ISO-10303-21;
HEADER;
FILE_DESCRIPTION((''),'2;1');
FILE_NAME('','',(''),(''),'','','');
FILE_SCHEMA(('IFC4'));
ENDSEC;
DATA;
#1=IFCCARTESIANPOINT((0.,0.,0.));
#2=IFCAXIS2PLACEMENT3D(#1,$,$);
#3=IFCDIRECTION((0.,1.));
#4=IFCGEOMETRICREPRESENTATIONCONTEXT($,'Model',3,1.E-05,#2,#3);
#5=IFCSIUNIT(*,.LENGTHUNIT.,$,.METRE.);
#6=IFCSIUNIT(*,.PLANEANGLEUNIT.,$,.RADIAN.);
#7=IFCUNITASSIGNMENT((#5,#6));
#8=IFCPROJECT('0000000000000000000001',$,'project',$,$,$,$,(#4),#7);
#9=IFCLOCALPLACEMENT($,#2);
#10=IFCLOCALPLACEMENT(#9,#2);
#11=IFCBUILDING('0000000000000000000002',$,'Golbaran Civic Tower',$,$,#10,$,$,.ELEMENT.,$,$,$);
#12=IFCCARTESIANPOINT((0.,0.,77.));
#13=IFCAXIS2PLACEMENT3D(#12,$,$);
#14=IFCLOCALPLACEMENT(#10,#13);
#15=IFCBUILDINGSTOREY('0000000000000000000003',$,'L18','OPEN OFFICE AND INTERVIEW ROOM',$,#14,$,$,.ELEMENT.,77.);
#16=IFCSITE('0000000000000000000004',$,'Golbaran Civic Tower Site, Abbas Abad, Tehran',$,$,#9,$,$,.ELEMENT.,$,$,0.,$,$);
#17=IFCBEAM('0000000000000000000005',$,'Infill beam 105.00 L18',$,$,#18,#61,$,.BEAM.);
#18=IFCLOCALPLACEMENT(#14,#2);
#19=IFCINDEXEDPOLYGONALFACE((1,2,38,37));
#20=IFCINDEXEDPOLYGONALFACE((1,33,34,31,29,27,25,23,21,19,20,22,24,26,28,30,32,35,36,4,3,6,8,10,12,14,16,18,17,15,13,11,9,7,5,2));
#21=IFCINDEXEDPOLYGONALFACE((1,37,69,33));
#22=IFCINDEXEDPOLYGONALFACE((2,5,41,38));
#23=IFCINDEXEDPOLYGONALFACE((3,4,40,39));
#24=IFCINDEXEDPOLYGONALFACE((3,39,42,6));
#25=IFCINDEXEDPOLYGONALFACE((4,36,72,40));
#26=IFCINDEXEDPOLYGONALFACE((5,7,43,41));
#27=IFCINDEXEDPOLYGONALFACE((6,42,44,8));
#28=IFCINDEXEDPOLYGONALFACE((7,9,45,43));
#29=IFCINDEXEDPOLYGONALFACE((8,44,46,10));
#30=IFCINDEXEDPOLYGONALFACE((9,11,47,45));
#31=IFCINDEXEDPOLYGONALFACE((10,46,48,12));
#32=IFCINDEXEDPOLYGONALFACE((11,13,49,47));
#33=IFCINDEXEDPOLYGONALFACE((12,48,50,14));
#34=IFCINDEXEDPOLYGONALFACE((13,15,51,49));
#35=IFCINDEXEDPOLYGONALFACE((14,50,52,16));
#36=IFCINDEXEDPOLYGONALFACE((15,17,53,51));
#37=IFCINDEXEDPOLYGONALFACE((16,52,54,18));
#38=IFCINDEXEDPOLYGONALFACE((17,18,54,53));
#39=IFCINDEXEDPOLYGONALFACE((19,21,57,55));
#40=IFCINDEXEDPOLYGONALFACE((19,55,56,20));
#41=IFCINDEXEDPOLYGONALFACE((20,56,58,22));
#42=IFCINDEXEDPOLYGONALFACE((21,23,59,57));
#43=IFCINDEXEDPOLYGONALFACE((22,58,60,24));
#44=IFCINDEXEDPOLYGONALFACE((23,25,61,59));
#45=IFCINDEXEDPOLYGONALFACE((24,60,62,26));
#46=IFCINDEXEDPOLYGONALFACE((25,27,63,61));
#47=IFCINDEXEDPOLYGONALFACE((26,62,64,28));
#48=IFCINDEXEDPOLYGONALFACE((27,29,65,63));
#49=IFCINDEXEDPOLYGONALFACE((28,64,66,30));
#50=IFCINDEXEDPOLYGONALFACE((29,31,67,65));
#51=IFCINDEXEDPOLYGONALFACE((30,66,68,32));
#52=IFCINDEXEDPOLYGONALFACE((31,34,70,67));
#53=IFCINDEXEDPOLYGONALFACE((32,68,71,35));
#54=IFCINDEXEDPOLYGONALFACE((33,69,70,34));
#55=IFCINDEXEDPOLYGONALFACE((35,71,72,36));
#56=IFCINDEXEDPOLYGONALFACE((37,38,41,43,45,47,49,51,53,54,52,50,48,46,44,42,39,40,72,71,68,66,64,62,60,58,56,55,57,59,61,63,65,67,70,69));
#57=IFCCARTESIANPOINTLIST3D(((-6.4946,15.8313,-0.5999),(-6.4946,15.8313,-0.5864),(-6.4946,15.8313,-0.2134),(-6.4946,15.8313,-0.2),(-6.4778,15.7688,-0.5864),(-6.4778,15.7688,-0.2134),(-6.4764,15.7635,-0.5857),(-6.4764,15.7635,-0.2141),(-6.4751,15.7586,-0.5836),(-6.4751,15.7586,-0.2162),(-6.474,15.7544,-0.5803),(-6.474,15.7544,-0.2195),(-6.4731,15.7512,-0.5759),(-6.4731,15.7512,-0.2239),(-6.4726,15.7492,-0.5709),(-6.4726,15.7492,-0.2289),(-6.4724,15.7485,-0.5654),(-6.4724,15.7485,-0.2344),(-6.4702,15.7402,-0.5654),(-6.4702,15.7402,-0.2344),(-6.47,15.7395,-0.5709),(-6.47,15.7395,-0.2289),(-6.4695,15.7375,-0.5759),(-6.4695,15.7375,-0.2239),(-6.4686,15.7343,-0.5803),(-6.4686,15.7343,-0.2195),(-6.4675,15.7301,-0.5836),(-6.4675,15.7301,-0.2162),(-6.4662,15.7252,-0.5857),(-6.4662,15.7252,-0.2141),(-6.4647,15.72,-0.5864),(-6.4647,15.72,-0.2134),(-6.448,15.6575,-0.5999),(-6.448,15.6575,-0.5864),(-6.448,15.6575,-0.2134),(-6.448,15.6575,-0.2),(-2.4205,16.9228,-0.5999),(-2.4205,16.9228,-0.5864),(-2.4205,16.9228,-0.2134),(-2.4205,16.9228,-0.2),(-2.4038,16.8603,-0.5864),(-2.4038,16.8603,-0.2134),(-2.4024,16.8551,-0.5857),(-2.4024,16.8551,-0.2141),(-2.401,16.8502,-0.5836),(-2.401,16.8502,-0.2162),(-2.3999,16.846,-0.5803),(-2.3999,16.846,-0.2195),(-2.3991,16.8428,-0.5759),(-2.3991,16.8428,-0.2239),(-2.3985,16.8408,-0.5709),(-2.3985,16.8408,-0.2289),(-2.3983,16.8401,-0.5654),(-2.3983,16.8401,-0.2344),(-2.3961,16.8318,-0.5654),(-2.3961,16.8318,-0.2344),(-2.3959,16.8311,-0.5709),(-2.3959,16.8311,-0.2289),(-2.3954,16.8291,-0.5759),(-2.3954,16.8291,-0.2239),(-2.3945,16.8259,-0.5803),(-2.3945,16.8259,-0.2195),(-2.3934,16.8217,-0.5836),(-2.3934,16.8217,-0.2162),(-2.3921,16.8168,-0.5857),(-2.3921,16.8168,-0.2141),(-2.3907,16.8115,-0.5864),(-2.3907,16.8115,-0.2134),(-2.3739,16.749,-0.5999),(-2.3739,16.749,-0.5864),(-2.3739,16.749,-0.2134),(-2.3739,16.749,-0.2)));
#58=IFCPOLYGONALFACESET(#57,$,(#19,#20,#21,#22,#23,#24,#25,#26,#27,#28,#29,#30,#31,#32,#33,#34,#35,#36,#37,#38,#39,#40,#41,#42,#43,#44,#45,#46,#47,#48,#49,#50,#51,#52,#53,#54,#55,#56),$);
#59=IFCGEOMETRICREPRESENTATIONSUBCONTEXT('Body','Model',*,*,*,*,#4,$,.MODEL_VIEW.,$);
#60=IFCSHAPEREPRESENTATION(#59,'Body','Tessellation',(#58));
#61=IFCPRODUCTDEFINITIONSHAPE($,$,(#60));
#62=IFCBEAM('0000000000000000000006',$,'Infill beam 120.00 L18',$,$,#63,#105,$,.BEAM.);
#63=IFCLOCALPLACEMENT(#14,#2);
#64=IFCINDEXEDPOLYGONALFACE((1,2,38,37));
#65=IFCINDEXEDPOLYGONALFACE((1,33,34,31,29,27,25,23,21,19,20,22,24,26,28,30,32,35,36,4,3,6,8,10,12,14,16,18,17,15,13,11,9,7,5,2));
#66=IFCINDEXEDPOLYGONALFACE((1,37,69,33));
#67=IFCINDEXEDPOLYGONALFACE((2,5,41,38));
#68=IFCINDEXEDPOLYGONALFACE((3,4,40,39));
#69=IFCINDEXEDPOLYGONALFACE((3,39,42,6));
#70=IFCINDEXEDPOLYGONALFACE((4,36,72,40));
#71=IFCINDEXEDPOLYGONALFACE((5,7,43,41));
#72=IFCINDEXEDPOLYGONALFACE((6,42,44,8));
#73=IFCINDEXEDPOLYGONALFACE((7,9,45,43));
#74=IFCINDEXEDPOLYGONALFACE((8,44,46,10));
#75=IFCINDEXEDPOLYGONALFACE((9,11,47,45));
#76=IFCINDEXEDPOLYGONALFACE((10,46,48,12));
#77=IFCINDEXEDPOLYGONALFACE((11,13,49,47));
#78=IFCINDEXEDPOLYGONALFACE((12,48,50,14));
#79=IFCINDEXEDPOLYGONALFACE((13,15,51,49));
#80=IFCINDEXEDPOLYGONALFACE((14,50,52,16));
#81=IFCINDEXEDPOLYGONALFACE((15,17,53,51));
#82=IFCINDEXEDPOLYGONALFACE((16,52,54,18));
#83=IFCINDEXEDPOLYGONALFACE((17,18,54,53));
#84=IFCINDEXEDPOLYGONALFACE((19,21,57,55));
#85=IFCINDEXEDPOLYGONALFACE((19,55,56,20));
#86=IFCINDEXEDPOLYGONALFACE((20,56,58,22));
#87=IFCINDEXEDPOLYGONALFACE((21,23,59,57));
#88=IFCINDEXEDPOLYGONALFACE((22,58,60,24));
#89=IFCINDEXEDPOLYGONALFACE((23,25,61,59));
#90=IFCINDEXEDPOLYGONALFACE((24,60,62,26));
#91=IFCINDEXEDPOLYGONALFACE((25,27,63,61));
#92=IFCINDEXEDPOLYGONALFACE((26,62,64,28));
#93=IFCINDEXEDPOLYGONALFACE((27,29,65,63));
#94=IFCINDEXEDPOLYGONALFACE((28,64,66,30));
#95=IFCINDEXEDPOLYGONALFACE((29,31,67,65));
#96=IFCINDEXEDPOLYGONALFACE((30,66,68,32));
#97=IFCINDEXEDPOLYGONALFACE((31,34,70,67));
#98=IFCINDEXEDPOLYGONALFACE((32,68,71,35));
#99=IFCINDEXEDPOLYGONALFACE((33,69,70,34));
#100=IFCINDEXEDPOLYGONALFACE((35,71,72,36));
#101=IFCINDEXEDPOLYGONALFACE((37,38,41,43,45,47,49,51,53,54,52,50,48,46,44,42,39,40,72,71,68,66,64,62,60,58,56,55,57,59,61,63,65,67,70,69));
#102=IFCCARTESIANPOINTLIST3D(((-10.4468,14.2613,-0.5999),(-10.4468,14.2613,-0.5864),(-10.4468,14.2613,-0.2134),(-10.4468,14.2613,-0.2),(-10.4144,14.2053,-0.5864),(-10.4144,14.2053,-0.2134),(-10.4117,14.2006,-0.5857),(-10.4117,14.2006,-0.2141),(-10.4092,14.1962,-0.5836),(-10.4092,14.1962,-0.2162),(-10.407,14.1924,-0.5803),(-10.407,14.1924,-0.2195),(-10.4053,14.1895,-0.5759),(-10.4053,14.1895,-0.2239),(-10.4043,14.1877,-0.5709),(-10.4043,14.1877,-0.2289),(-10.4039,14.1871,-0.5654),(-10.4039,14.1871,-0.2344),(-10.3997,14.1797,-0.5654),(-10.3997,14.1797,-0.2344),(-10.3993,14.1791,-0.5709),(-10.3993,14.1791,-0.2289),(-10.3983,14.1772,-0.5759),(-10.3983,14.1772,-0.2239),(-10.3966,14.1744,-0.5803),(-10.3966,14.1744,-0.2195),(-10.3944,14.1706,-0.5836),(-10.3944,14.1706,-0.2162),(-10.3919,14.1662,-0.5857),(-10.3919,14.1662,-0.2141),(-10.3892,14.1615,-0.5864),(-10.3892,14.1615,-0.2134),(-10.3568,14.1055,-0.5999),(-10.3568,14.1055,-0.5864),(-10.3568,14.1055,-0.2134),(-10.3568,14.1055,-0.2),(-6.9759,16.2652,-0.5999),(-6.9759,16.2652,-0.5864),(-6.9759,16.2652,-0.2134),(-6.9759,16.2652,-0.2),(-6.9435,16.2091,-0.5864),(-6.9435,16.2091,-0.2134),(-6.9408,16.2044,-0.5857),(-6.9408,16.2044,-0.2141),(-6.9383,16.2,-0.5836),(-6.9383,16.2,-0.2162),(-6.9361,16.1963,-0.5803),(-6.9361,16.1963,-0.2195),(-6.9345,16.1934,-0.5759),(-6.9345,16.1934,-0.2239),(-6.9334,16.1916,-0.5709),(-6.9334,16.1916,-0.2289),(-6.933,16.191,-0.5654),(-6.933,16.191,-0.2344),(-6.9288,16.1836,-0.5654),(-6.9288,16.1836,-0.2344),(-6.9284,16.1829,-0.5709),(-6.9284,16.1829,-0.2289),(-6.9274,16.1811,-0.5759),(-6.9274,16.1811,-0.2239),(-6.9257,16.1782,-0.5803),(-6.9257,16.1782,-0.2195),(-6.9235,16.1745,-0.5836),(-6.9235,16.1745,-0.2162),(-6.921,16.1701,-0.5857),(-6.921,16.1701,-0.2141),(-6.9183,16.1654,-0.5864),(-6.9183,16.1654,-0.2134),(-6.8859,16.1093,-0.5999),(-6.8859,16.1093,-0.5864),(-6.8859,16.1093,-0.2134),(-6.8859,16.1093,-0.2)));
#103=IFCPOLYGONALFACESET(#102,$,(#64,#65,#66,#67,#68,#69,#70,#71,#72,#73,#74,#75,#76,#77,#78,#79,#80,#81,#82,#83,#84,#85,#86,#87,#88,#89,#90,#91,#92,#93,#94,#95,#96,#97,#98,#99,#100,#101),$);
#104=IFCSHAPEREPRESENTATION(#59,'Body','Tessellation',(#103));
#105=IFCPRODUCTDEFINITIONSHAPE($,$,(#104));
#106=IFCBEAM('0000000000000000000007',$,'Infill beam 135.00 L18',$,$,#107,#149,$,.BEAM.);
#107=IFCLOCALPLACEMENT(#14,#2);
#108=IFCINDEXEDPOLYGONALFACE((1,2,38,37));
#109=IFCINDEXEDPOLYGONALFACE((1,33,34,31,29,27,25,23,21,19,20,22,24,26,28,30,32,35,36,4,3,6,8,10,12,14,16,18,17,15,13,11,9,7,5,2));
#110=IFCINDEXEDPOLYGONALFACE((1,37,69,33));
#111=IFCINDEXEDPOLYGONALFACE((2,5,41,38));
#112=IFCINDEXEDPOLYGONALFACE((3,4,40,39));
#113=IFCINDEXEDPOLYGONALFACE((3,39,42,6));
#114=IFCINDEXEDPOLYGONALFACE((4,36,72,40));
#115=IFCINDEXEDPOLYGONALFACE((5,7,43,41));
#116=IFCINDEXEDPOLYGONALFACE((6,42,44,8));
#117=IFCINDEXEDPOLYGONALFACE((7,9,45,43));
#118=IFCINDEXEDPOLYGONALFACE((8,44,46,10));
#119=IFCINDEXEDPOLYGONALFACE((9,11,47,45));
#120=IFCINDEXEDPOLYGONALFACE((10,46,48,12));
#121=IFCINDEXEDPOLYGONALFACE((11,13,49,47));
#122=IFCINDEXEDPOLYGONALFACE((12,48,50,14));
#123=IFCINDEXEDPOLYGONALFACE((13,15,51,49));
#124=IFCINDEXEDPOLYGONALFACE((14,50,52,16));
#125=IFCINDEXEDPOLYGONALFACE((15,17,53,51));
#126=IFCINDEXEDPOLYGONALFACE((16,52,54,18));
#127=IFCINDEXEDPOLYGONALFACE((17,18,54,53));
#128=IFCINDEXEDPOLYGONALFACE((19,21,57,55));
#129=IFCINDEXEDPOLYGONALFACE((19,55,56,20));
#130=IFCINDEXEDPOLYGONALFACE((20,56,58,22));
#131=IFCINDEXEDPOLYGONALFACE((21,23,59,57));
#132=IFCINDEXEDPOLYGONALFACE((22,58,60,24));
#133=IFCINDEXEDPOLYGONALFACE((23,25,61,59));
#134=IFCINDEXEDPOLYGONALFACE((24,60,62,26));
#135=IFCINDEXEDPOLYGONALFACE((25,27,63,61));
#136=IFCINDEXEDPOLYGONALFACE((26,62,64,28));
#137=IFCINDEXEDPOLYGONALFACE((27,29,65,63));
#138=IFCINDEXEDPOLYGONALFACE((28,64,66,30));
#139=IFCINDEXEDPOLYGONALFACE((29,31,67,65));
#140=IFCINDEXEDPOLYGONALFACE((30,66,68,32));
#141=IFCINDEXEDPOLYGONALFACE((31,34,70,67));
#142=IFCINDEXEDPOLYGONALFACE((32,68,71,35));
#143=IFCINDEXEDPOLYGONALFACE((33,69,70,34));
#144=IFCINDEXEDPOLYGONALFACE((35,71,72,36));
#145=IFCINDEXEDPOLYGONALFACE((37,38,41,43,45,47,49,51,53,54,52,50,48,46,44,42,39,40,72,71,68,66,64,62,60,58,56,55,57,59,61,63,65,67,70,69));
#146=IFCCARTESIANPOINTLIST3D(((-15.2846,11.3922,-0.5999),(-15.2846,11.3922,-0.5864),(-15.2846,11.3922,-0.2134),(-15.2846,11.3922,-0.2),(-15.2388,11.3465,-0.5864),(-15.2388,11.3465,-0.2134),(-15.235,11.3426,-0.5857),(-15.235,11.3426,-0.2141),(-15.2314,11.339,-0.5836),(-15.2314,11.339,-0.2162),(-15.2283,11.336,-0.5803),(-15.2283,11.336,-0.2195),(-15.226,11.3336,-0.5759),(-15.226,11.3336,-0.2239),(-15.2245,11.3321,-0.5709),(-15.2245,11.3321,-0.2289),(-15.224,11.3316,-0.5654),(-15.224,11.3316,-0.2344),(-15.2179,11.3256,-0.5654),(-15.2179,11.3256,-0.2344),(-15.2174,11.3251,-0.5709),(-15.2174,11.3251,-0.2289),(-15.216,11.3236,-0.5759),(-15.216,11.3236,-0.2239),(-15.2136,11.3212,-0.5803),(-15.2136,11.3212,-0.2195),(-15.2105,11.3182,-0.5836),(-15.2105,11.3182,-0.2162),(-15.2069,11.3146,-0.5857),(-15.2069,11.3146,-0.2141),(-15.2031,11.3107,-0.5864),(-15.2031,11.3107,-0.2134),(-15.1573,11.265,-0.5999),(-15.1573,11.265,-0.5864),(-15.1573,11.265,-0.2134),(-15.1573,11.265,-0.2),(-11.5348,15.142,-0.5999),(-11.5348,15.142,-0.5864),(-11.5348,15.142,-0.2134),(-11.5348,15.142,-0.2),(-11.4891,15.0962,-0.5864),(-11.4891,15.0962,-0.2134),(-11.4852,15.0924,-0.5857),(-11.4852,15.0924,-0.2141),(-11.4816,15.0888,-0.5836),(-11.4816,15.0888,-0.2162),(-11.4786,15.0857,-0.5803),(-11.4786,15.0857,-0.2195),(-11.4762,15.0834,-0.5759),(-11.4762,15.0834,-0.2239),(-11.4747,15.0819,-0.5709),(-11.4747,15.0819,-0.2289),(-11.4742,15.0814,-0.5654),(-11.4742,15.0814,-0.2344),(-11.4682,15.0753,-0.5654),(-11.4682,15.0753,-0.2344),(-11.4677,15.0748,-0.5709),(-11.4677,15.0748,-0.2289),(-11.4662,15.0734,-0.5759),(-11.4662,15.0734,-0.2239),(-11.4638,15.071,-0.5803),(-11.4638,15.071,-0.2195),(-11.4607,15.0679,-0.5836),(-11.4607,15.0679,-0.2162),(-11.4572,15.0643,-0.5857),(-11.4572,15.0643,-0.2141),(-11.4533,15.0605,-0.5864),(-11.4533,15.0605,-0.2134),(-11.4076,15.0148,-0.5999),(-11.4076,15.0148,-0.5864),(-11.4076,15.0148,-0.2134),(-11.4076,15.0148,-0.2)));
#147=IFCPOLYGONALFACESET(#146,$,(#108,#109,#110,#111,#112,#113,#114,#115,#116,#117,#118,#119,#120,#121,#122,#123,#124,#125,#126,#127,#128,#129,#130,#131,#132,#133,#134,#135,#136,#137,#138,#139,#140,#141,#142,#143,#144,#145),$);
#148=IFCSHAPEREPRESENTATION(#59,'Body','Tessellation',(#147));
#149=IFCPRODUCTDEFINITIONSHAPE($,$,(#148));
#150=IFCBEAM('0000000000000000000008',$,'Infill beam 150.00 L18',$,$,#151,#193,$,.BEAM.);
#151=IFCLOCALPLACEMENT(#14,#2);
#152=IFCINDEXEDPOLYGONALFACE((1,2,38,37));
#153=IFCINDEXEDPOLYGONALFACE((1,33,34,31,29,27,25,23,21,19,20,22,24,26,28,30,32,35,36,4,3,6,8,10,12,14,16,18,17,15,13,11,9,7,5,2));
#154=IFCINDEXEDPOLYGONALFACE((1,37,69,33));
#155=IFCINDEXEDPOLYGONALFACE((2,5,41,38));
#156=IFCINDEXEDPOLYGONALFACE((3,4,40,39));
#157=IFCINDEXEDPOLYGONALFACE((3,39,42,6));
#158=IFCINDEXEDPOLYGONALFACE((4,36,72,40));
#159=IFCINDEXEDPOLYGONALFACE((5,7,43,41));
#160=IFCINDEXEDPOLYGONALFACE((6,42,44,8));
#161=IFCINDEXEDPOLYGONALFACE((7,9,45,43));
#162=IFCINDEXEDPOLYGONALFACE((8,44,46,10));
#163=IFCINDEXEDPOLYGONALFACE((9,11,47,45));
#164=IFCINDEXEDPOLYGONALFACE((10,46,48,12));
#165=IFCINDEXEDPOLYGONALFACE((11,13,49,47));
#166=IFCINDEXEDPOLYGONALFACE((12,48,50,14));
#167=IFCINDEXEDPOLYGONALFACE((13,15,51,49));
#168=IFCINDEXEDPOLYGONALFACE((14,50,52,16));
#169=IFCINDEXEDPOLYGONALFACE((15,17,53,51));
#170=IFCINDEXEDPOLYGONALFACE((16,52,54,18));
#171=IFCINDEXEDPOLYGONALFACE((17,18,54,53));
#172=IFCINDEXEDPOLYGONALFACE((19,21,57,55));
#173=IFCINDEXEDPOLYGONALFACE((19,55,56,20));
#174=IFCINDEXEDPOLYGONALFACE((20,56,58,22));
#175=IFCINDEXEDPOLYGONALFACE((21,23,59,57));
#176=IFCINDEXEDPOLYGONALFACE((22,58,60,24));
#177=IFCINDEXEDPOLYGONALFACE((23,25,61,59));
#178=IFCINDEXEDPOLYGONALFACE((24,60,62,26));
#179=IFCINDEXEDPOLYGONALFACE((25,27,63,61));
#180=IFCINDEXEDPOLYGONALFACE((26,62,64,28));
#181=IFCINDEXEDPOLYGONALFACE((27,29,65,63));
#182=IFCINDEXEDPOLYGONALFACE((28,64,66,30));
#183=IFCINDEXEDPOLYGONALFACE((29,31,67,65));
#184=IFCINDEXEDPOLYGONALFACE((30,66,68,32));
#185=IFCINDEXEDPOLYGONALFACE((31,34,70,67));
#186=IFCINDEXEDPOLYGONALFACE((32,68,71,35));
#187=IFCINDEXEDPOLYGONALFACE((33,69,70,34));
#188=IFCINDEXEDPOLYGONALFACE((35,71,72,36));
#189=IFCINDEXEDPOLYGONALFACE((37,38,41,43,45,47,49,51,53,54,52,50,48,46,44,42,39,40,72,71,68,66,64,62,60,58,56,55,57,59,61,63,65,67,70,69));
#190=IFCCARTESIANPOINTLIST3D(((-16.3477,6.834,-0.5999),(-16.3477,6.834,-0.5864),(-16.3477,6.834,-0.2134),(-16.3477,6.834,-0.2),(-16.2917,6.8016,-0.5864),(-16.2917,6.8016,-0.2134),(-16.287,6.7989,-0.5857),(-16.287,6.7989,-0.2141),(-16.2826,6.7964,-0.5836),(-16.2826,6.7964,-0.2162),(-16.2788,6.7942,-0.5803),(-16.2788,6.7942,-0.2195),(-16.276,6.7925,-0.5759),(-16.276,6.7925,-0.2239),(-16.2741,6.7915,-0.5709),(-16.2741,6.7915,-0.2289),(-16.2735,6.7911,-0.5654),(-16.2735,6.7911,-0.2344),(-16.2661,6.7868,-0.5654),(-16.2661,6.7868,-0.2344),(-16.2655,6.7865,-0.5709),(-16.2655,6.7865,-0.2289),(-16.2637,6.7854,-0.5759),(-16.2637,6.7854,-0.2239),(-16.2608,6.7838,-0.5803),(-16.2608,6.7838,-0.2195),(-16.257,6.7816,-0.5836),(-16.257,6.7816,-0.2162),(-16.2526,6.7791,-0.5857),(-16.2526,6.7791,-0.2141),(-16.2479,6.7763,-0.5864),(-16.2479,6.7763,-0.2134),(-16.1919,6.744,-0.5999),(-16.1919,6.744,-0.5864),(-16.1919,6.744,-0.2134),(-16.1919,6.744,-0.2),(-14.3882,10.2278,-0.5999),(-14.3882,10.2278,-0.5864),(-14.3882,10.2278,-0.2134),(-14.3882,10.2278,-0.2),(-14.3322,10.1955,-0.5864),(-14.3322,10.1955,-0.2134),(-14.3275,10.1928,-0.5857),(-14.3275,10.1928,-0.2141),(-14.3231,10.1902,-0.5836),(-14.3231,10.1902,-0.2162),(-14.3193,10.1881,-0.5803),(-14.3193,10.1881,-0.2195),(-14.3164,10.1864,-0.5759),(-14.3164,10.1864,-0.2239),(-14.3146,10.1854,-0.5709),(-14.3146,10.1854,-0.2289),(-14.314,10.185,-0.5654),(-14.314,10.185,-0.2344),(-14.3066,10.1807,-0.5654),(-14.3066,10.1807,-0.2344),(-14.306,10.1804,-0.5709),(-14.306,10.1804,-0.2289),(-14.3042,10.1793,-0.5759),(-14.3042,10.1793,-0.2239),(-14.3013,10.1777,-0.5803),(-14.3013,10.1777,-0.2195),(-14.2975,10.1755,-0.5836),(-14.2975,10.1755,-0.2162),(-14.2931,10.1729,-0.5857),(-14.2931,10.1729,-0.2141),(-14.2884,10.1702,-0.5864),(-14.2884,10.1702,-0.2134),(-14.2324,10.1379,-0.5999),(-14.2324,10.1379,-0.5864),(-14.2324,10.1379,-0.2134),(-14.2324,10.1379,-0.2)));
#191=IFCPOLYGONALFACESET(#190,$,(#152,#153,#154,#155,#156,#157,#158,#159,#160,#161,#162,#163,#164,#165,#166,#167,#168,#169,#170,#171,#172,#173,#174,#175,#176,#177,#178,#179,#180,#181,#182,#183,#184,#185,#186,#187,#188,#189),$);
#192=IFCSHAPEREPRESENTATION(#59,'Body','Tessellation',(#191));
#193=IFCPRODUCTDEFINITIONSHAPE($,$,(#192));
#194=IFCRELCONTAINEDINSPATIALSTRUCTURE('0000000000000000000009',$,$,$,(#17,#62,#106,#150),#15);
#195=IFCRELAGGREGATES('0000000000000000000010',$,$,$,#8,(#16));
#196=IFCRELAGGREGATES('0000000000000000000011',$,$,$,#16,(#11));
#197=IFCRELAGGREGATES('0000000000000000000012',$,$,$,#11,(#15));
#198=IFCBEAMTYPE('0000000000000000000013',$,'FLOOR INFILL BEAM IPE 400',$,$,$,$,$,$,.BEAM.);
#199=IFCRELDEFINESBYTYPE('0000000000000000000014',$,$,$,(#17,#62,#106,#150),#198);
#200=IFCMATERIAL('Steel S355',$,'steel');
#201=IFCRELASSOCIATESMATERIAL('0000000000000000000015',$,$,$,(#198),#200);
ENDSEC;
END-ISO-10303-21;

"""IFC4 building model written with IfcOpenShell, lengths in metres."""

from ifc_helpers import new_model, si_unit, direction, frame, origin, origin_2d, place, context, subcontext, project, spatial, i_section, extrude, material, material_profile, profile_set, type_object, element, save


model = new_model("IFC4")

# Units and contexts
model_context = context("Model", 3, precision=1e-05, world=origin(), true_north=direction((0.0, 1.0)))
body_context = subcontext(model_context, "Body", "Model", "MODEL_VIEW")
ifc_project = project(units=[si_unit("LENGTHUNIT", "METRE"), si_unit("PLANEANGLEUNIT", "RADIAN")], contexts=[model_context])

# Site, building, storey
site_placement = place(None, origin())
site = spatial("IfcSite", under=ifc_project, at=site_placement, Name="Golbaran Civic Tower Site, Abbas Abad, Tehran", CompositionType="ELEMENT", RefElevation=0.0)
building_placement = place(site_placement, origin())
building = spatial("IfcBuilding", under=site, at=building_placement, Name="Golbaran Civic Tower", CompositionType="ELEMENT")
storey_placement = place(building_placement, frame((0.0, 0.0, 77.0)))
storey = spatial("IfcBuildingStorey", under=building, at=storey_placement, Name="L18", Description="OPEN OFFICE AND INTERVIEW ROOM", CompositionType="ELEMENT", Elevation=77.0)

# Beams
ifc_material_1 = material(Name="Steel S355", Category="steel")
ifc_material_profile_1 = material_profile(ifc_material_1, i_section(OverallWidth=0.1799, OverallDepth=0.3999, WebThickness=0.0085, FlangeThickness=0.0134, FilletRadius=0.021, at=origin_2d()), Name="IPE 400")
ifc_profile_set_1 = profile_set([ifc_material_profile_1], Name="Steel S355")
beam_type_1 = type_object("IfcBeamType", Name="FLOOR INFILL BEAM IPE 400", PredefinedType="BEAM", material=ifc_profile_set_1)
beam_1_placement = place(storey_placement, frame((-2.3972, 16.8359, -0.3999), z_axis=(-0.96593, -0.258805, 0.0), x_axis=(0.258805, -0.96593, 0.0)))
element("IfcBeam", 1, at=beam_1_placement, inside=storey, type_object=beam_type_1, Name="Infill beam 105.00 L18", PredefinedType="BEAM", context=body_context, shape_type="SweptSolid", body=[
    extrude(i_section(OverallWidth=0.1799, OverallDepth=0.3999, WebThickness=0.0085, FlangeThickness=0.0134, FilletRadius=0.021, at=origin_2d()), origin(), (0.0, 0.0, 1.0), 4.2178),
])
beam_2_placement = place(storey_placement, frame((-6.9309, 16.1873, -0.3999), z_axis=(-0.86603, -0.499991, 0.0), x_axis=(0.499991, -0.86603, 0.0)))
element("IfcBeam", 2, at=beam_2_placement, inside=storey, type_object=beam_type_1, Name="Infill beam 120.00 L18", PredefinedType="BEAM", context=body_context, shape_type="SweptSolid", body=[
    extrude(i_section(OverallWidth=0.1799, OverallDepth=0.3999, WebThickness=0.0085, FlangeThickness=0.0134, FilletRadius=0.021, at=origin_2d()), origin(), (0.0, 0.0, 1.0), 4.0078),
])
beam_3_placement = place(storey_placement, frame((-11.4712, 15.0784, -0.3999), z_axis=(-0.707107, -0.707107, 0.0), x_axis=(0.707107, -0.707107, 0.0)))
element("IfcBeam", 3, at=beam_3_placement, inside=storey, type_object=beam_type_1, Name="Infill beam 135.00 L18", PredefinedType="BEAM", context=body_context, shape_type="SweptSolid", body=[
    extrude(i_section(OverallWidth=0.1799, OverallDepth=0.3999, WebThickness=0.0085, FlangeThickness=0.0134, FilletRadius=0.021, at=origin_2d()), origin(), (0.0, 0.0, 1.0), 5.303),
])
beam_4_placement = place(storey_placement, frame((-14.3103, 10.1829, -0.3999), z_axis=(-0.500012, -0.866019, 0.0), x_axis=(0.866019, -0.500012, 0.0)))
element("IfcBeam", 4, at=beam_4_placement, inside=storey, type_object=beam_type_1, Name="Infill beam 150.00 L18", PredefinedType="BEAM", context=body_context, shape_type="SweptSolid", body=[
    extrude(i_section(OverallWidth=0.1799, OverallDepth=0.3999, WebThickness=0.0085, FlangeThickness=0.0134, FilletRadius=0.021, at=origin_2d()), origin(), (0.0, 0.0, 1.0), 3.9189),
])

save(model, "model.ifc")
